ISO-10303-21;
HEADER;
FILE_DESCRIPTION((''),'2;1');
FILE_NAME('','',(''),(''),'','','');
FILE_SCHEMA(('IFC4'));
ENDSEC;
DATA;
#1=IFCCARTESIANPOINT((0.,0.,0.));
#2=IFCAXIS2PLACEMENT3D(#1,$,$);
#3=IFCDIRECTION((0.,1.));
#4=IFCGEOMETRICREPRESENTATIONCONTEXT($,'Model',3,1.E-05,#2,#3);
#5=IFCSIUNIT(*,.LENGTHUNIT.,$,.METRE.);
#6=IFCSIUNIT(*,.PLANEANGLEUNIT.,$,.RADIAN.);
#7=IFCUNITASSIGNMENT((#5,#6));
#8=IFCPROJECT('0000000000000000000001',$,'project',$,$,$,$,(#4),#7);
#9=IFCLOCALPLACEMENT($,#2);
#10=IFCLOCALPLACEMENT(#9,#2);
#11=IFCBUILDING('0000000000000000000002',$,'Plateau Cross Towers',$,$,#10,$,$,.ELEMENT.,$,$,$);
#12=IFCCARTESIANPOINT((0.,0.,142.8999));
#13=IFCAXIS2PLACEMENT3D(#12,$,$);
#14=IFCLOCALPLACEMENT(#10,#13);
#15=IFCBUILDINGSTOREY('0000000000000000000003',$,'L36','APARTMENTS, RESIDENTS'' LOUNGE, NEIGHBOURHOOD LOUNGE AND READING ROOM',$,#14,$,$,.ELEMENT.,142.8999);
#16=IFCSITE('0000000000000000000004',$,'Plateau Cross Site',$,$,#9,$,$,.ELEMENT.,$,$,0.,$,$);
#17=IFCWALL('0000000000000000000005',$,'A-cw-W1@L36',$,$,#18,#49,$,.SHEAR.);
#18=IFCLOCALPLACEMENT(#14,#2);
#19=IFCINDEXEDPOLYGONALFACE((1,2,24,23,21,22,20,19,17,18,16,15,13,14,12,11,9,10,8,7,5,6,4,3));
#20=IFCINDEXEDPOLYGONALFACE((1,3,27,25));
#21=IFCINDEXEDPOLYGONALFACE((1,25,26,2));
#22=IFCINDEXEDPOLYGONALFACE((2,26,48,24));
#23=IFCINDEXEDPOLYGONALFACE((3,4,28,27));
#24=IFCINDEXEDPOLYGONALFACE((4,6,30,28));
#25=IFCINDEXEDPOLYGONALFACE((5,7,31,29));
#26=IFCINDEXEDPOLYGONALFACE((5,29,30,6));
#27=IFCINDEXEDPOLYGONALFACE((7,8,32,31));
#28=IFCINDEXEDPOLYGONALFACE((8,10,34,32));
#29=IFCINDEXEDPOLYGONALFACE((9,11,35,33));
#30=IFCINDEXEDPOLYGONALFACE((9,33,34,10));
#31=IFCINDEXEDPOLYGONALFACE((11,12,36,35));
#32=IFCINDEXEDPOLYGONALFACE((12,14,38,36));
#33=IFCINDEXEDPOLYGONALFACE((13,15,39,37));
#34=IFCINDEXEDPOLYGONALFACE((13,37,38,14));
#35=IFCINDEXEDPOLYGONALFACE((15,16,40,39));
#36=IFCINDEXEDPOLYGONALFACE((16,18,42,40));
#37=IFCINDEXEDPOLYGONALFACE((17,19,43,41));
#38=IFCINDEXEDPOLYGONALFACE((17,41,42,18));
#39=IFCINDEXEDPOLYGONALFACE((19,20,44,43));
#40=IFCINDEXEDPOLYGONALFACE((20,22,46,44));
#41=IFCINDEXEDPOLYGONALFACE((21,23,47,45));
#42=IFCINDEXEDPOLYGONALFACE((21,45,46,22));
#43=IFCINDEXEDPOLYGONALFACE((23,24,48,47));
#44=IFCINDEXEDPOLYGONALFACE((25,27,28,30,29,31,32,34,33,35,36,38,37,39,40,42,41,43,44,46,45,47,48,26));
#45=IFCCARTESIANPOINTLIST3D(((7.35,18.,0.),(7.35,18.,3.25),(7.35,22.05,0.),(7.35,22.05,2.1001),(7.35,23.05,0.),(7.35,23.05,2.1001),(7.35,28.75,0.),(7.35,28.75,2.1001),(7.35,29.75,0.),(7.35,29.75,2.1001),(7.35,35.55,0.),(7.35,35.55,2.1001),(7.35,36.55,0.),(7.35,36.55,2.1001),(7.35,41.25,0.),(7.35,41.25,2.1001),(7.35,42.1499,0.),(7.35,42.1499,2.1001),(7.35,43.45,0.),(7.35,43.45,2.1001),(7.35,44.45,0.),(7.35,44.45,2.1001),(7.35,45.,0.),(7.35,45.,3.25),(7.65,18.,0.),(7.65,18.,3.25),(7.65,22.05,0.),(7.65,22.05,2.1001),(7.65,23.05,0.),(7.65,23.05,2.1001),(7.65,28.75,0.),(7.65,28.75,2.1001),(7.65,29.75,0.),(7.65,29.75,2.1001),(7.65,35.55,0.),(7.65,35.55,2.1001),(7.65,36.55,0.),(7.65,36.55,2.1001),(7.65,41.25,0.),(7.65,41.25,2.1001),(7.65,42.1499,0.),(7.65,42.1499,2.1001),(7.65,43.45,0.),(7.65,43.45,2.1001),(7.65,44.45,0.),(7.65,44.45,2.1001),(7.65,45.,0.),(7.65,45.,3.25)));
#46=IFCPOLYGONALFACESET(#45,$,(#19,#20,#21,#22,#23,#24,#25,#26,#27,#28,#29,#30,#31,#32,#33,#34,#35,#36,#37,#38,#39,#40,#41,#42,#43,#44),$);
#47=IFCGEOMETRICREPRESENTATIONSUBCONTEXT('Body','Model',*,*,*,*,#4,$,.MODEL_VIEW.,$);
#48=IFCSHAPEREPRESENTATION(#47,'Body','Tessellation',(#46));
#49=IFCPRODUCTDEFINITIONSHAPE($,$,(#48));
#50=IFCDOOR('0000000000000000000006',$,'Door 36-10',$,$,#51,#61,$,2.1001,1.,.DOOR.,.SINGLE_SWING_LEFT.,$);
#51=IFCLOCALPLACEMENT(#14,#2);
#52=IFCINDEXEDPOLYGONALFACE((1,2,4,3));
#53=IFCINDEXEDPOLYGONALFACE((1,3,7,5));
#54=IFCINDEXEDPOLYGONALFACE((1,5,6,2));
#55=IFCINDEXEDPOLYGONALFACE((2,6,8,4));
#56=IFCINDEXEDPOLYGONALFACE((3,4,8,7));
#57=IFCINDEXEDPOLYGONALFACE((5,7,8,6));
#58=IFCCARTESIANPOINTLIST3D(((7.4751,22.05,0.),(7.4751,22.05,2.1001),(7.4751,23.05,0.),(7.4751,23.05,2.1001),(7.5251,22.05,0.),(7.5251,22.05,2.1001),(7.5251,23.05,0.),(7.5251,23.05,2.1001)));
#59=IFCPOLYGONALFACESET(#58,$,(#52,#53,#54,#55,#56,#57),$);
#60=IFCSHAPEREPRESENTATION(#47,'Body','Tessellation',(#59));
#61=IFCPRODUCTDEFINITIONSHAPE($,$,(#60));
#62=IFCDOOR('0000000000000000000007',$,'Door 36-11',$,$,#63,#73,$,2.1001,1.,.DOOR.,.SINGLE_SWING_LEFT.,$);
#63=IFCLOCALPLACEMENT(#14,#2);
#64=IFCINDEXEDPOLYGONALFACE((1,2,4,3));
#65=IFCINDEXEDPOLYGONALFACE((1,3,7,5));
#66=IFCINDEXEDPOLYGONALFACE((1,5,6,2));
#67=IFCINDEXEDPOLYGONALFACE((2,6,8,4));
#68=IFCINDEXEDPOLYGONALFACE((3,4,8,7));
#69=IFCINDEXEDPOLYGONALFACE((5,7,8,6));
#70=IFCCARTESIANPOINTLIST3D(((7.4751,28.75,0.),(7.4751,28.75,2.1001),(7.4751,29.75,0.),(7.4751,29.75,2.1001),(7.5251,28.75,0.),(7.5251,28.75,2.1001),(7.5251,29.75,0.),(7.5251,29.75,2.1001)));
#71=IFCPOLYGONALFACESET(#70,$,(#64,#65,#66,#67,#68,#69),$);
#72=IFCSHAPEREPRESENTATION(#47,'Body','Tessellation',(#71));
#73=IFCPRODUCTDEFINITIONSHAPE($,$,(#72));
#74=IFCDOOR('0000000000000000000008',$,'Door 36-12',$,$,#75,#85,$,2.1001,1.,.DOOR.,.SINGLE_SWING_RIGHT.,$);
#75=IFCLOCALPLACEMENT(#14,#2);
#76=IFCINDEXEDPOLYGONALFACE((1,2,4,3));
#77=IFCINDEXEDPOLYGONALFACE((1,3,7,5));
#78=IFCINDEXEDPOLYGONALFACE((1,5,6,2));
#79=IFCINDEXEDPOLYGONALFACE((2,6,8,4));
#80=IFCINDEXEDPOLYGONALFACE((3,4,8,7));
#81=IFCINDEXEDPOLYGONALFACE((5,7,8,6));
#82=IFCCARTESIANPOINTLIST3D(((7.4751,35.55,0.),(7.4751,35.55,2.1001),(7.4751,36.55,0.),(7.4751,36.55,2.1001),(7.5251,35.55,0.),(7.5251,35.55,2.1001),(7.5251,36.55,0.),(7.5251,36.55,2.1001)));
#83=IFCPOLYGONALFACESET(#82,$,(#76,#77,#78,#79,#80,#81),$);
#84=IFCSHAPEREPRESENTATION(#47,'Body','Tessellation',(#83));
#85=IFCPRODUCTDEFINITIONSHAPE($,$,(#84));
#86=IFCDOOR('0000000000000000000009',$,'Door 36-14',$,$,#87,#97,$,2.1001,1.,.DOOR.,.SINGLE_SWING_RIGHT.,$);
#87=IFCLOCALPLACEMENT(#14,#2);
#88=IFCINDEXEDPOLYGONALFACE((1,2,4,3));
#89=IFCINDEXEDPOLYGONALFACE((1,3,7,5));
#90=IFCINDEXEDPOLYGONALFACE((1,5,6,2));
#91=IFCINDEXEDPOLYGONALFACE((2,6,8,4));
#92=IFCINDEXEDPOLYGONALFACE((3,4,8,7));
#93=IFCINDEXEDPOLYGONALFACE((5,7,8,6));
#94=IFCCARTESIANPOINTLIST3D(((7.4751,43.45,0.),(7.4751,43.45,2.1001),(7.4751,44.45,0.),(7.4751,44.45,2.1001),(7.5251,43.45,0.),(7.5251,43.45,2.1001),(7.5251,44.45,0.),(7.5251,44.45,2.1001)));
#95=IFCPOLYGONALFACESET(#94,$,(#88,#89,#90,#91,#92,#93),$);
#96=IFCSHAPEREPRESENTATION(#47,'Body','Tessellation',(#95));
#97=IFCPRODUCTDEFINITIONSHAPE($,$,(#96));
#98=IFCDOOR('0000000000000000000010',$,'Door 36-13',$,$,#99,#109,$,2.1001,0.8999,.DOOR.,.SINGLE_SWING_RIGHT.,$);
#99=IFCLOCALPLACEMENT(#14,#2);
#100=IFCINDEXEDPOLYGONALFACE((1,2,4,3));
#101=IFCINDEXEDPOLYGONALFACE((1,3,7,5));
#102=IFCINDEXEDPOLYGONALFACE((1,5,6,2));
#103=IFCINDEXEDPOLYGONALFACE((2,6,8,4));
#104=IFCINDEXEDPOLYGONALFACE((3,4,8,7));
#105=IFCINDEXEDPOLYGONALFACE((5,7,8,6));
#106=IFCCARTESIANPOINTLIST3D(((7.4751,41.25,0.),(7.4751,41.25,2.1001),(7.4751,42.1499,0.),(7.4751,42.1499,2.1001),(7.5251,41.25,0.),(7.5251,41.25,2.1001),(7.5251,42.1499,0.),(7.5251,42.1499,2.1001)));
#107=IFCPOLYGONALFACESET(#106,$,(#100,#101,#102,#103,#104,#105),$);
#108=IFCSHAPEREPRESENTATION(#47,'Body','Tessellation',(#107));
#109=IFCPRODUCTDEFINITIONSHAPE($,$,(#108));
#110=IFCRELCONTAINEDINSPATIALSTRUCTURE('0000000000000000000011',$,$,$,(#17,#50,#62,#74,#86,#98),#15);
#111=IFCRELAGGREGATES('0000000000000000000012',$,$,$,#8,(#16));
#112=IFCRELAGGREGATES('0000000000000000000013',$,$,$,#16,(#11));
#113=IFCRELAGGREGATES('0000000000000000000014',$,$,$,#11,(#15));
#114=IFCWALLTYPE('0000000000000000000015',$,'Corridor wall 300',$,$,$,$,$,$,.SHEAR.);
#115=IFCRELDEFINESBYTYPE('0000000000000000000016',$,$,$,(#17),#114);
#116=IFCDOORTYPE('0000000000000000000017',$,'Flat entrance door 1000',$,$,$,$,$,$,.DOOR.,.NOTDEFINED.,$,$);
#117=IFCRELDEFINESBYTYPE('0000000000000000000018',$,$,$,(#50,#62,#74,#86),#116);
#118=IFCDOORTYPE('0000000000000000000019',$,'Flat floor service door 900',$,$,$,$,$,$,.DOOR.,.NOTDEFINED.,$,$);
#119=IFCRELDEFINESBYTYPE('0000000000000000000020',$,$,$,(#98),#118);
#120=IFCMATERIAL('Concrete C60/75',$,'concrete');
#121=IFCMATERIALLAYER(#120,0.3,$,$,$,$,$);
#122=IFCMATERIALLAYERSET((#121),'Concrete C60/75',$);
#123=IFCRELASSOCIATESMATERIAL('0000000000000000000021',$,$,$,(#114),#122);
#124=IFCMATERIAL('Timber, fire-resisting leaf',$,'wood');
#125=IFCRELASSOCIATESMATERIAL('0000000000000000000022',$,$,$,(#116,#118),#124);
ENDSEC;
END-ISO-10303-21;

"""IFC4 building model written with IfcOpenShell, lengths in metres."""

from ifc_helpers import new_model, si_unit, direction, frame, frame_2d, origin, place, context, subcontext, project, spatial, rectangle, extrude, material, layer, layer_set, type_object, element, fill, save


model = new_model("IFC4")

# Units and contexts
model_context = context("Model", 3, precision=1e-05, world=origin(), true_north=direction((0.0, 1.0)))
body_context = subcontext(model_context, "Body", "Model", "MODEL_VIEW")
ifc_project = project(units=[si_unit("LENGTHUNIT", "METRE"), si_unit("PLANEANGLEUNIT", "RADIAN")], contexts=[model_context])

# Site, building, storey
site_placement = place(None, origin())
site = spatial("IfcSite", under=ifc_project, at=site_placement, Name="Plateau Cross Site", CompositionType="ELEMENT", RefElevation=0.0)
building_placement = place(site_placement, origin())
building = spatial("IfcBuilding", under=site, at=building_placement, Name="Plateau Cross Towers", CompositionType="ELEMENT")
storey_placement = place(building_placement, frame((0.0, 0.0, 142.8999)))
storey = spatial("IfcBuildingStorey", under=building, at=storey_placement, Name="L36", Description="APARTMENTS, RESIDENTS' LOUNGE, NEIGHBOURHOOD LOUNGE AND READING ROOM", CompositionType="ELEMENT", Elevation=142.8999)

# Wall, openings, doors
ifc_material_1 = material(Name="Concrete C60/75", Category="concrete")
ifc_layer_1 = layer(ifc_material_1, 0.3)
ifc_layer_set_1 = layer_set([ifc_layer_1], Name="Concrete C60/75")
wall_type_1 = type_object("IfcWallType", Name="Corridor wall 300", PredefinedType="SHEAR", material=ifc_layer_set_1)
wall_1_placement = place(storey_placement, frame((7.5, 18.0, 0.0), z_axis=(0.0, 0.0, 1.0), x_axis=(0.0, 1.0, 0.0)))
wall_1 = element("IfcWall", 1, at=wall_1_placement, inside=storey, type_object=wall_type_1, Name="A-cw-W1@L36", PredefinedType="SHEAR", context=body_context, shape_type="SweptSolid", body=[
    extrude(rectangle(XDim=27.0, YDim=0.3, at=frame_2d((13.5, 0.0))), origin(), (0.0, 0.0, 1.0), 3.25),
])
opening_1_placement = place(wall_1_placement, frame((4.05, 0.0, 0.0)))
opening_1 = element("IfcOpeningElement", 2, at=opening_1_placement, cuts=wall_1, PredefinedType="OPENING", context=body_context, shape_type="SweptSolid", body=[
    extrude(rectangle(XDim=1.0, YDim=2.1001, at=frame_2d((0.5, 1.05))), frame((0.0, 0.1599, 0.0), z_axis=(0.0, -1.0, 0.0), x_axis=(1.0, 0.0, 0.0)), (0.0, 0.0, 1.0), 0.3201),
])
opening_2_placement = place(wall_1_placement, frame((10.75, 0.0, 0.0)))
opening_2 = element("IfcOpeningElement", 3, at=opening_2_placement, cuts=wall_1, PredefinedType="OPENING", context=body_context, shape_type="SweptSolid", body=[
    extrude(rectangle(XDim=1.0, YDim=2.1001, at=frame_2d((0.5, 1.05))), frame((0.0, 0.1599, 0.0), z_axis=(0.0, -1.0, 0.0), x_axis=(1.0, 0.0, 0.0)), (0.0, 0.0, 1.0), 0.3201),
])
opening_3_placement = place(wall_1_placement, frame((17.55, 0.0, 0.0)))
opening_3 = element("IfcOpeningElement", 4, at=opening_3_placement, cuts=wall_1, PredefinedType="OPENING", context=body_context, shape_type="SweptSolid", body=[
    extrude(rectangle(XDim=1.0, YDim=2.1001, at=frame_2d((0.5, 1.05))), frame((0.0, 0.1599, 0.0), z_axis=(0.0, -1.0, 0.0), x_axis=(1.0, 0.0, 0.0)), (0.0, 0.0, 1.0), 0.3201),
])
opening_4_placement = place(wall_1_placement, frame((23.25, 0.0, 0.0)))
opening_4 = element("IfcOpeningElement", 5, at=opening_4_placement, cuts=wall_1, PredefinedType="OPENING", context=body_context, shape_type="SweptSolid", body=[
    extrude(rectangle(XDim=0.8999, YDim=2.1001, at=frame_2d((0.45, 1.05))), frame((0.0, 0.1599, 0.0), z_axis=(0.0, -1.0, 0.0), x_axis=(1.0, 0.0, 0.0)), (0.0, 0.0, 1.0), 0.3201),
])
opening_5_placement = place(wall_1_placement, frame((25.45, 0.0, 0.0)))
opening_5 = element("IfcOpeningElement", 6, at=opening_5_placement, cuts=wall_1, PredefinedType="OPENING", context=body_context, shape_type="SweptSolid", body=[
    extrude(rectangle(XDim=1.0, YDim=2.1001, at=frame_2d((0.5, 1.05))), frame((0.0, 0.1599, 0.0), z_axis=(0.0, -1.0, 0.0), x_axis=(1.0, 0.0, 0.0)), (0.0, 0.0, 1.0), 0.3201),
])
ifc_material_2 = material(Name="Timber, fire-resisting leaf", Category="wood")
door_type_1 = type_object("IfcDoorType", Name="Flat entrance door 1000", OperationType="NOTDEFINED", PredefinedType="DOOR", material=ifc_material_2)
door_1_placement = place(opening_1_placement, origin())
door_1 = element("IfcDoor", 7, at=door_1_placement, inside=storey, type_object=door_type_1, Name="Door 36-10", OperationType="SINGLE_SWING_LEFT", OverallHeight=2.1001, OverallWidth=1.0, PredefinedType="DOOR", context=body_context, shape_type="SweptSolid", body=[
    extrude(rectangle(XDim=1.0, YDim=2.1001, at=frame_2d((0.5, 1.05))), frame((0.0, 0.0249, 0.0), z_axis=(0.0, -1.0, 0.0), x_axis=(1.0, 0.0, 0.0)), (0.0, 0.0, 1.0), 0.05),
])
fill(opening_1, door_1)
door_2_placement = place(opening_2_placement, origin())
door_2 = element("IfcDoor", 8, at=door_2_placement, inside=storey, type_object=door_type_1, Name="Door 36-11", OperationType="SINGLE_SWING_LEFT", OverallHeight=2.1001, OverallWidth=1.0, PredefinedType="DOOR", context=body_context, shape_type="SweptSolid", body=[
    extrude(rectangle(XDim=1.0, YDim=2.1001, at=frame_2d((0.5, 1.05))), frame((0.0, 0.0249, 0.0), z_axis=(0.0, -1.0, 0.0), x_axis=(1.0, 0.0, 0.0)), (0.0, 0.0, 1.0), 0.05),
])
fill(opening_2, door_2)
door_3_placement = place(opening_3_placement, origin())
door_3 = element("IfcDoor", 9, at=door_3_placement, inside=storey, type_object=door_type_1, Name="Door 36-12", OperationType="SINGLE_SWING_RIGHT", OverallHeight=2.1001, OverallWidth=1.0, PredefinedType="DOOR", context=body_context, shape_type="SweptSolid", body=[
    extrude(rectangle(XDim=1.0, YDim=2.1001, at=frame_2d((0.5, 1.05))), frame((0.0, 0.0249, 0.0), z_axis=(0.0, -1.0, 0.0), x_axis=(1.0, 0.0, 0.0)), (0.0, 0.0, 1.0), 0.05),
])
fill(opening_3, door_3)
door_4_placement = place(opening_5_placement, origin())
door_4 = element("IfcDoor", 10, at=door_4_placement, inside=storey, type_object=door_type_1, Name="Door 36-14", OperationType="SINGLE_SWING_RIGHT", OverallHeight=2.1001, OverallWidth=1.0, PredefinedType="DOOR", context=body_context, shape_type="SweptSolid", body=[
    extrude(rectangle(XDim=1.0, YDim=2.1001, at=frame_2d((0.5, 1.05))), frame((0.0, 0.0249, 0.0), z_axis=(0.0, -1.0, 0.0), x_axis=(1.0, 0.0, 0.0)), (0.0, 0.0, 1.0), 0.05),
])
fill(opening_5, door_4)
door_type_2 = type_object("IfcDoorType", Name="Flat floor service door 900", OperationType="NOTDEFINED", PredefinedType="DOOR", material=ifc_material_2)
door_5_placement = place(opening_4_placement, origin())
door_5 = element("IfcDoor", 11, at=door_5_placement, inside=storey, type_object=door_type_2, Name="Door 36-13", OperationType="SINGLE_SWING_RIGHT", OverallHeight=2.1001, OverallWidth=0.8999, PredefinedType="DOOR", context=body_context, shape_type="SweptSolid", body=[
    extrude(rectangle(XDim=0.8999, YDim=2.1001, at=frame_2d((0.45, 1.05))), frame((0.0, 0.0249, 0.0), z_axis=(0.0, -1.0, 0.0), x_axis=(1.0, 0.0, 0.0)), (0.0, 0.0, 1.0), 0.05),
])
fill(opening_4, door_5)

save(model, "model.ifc")
